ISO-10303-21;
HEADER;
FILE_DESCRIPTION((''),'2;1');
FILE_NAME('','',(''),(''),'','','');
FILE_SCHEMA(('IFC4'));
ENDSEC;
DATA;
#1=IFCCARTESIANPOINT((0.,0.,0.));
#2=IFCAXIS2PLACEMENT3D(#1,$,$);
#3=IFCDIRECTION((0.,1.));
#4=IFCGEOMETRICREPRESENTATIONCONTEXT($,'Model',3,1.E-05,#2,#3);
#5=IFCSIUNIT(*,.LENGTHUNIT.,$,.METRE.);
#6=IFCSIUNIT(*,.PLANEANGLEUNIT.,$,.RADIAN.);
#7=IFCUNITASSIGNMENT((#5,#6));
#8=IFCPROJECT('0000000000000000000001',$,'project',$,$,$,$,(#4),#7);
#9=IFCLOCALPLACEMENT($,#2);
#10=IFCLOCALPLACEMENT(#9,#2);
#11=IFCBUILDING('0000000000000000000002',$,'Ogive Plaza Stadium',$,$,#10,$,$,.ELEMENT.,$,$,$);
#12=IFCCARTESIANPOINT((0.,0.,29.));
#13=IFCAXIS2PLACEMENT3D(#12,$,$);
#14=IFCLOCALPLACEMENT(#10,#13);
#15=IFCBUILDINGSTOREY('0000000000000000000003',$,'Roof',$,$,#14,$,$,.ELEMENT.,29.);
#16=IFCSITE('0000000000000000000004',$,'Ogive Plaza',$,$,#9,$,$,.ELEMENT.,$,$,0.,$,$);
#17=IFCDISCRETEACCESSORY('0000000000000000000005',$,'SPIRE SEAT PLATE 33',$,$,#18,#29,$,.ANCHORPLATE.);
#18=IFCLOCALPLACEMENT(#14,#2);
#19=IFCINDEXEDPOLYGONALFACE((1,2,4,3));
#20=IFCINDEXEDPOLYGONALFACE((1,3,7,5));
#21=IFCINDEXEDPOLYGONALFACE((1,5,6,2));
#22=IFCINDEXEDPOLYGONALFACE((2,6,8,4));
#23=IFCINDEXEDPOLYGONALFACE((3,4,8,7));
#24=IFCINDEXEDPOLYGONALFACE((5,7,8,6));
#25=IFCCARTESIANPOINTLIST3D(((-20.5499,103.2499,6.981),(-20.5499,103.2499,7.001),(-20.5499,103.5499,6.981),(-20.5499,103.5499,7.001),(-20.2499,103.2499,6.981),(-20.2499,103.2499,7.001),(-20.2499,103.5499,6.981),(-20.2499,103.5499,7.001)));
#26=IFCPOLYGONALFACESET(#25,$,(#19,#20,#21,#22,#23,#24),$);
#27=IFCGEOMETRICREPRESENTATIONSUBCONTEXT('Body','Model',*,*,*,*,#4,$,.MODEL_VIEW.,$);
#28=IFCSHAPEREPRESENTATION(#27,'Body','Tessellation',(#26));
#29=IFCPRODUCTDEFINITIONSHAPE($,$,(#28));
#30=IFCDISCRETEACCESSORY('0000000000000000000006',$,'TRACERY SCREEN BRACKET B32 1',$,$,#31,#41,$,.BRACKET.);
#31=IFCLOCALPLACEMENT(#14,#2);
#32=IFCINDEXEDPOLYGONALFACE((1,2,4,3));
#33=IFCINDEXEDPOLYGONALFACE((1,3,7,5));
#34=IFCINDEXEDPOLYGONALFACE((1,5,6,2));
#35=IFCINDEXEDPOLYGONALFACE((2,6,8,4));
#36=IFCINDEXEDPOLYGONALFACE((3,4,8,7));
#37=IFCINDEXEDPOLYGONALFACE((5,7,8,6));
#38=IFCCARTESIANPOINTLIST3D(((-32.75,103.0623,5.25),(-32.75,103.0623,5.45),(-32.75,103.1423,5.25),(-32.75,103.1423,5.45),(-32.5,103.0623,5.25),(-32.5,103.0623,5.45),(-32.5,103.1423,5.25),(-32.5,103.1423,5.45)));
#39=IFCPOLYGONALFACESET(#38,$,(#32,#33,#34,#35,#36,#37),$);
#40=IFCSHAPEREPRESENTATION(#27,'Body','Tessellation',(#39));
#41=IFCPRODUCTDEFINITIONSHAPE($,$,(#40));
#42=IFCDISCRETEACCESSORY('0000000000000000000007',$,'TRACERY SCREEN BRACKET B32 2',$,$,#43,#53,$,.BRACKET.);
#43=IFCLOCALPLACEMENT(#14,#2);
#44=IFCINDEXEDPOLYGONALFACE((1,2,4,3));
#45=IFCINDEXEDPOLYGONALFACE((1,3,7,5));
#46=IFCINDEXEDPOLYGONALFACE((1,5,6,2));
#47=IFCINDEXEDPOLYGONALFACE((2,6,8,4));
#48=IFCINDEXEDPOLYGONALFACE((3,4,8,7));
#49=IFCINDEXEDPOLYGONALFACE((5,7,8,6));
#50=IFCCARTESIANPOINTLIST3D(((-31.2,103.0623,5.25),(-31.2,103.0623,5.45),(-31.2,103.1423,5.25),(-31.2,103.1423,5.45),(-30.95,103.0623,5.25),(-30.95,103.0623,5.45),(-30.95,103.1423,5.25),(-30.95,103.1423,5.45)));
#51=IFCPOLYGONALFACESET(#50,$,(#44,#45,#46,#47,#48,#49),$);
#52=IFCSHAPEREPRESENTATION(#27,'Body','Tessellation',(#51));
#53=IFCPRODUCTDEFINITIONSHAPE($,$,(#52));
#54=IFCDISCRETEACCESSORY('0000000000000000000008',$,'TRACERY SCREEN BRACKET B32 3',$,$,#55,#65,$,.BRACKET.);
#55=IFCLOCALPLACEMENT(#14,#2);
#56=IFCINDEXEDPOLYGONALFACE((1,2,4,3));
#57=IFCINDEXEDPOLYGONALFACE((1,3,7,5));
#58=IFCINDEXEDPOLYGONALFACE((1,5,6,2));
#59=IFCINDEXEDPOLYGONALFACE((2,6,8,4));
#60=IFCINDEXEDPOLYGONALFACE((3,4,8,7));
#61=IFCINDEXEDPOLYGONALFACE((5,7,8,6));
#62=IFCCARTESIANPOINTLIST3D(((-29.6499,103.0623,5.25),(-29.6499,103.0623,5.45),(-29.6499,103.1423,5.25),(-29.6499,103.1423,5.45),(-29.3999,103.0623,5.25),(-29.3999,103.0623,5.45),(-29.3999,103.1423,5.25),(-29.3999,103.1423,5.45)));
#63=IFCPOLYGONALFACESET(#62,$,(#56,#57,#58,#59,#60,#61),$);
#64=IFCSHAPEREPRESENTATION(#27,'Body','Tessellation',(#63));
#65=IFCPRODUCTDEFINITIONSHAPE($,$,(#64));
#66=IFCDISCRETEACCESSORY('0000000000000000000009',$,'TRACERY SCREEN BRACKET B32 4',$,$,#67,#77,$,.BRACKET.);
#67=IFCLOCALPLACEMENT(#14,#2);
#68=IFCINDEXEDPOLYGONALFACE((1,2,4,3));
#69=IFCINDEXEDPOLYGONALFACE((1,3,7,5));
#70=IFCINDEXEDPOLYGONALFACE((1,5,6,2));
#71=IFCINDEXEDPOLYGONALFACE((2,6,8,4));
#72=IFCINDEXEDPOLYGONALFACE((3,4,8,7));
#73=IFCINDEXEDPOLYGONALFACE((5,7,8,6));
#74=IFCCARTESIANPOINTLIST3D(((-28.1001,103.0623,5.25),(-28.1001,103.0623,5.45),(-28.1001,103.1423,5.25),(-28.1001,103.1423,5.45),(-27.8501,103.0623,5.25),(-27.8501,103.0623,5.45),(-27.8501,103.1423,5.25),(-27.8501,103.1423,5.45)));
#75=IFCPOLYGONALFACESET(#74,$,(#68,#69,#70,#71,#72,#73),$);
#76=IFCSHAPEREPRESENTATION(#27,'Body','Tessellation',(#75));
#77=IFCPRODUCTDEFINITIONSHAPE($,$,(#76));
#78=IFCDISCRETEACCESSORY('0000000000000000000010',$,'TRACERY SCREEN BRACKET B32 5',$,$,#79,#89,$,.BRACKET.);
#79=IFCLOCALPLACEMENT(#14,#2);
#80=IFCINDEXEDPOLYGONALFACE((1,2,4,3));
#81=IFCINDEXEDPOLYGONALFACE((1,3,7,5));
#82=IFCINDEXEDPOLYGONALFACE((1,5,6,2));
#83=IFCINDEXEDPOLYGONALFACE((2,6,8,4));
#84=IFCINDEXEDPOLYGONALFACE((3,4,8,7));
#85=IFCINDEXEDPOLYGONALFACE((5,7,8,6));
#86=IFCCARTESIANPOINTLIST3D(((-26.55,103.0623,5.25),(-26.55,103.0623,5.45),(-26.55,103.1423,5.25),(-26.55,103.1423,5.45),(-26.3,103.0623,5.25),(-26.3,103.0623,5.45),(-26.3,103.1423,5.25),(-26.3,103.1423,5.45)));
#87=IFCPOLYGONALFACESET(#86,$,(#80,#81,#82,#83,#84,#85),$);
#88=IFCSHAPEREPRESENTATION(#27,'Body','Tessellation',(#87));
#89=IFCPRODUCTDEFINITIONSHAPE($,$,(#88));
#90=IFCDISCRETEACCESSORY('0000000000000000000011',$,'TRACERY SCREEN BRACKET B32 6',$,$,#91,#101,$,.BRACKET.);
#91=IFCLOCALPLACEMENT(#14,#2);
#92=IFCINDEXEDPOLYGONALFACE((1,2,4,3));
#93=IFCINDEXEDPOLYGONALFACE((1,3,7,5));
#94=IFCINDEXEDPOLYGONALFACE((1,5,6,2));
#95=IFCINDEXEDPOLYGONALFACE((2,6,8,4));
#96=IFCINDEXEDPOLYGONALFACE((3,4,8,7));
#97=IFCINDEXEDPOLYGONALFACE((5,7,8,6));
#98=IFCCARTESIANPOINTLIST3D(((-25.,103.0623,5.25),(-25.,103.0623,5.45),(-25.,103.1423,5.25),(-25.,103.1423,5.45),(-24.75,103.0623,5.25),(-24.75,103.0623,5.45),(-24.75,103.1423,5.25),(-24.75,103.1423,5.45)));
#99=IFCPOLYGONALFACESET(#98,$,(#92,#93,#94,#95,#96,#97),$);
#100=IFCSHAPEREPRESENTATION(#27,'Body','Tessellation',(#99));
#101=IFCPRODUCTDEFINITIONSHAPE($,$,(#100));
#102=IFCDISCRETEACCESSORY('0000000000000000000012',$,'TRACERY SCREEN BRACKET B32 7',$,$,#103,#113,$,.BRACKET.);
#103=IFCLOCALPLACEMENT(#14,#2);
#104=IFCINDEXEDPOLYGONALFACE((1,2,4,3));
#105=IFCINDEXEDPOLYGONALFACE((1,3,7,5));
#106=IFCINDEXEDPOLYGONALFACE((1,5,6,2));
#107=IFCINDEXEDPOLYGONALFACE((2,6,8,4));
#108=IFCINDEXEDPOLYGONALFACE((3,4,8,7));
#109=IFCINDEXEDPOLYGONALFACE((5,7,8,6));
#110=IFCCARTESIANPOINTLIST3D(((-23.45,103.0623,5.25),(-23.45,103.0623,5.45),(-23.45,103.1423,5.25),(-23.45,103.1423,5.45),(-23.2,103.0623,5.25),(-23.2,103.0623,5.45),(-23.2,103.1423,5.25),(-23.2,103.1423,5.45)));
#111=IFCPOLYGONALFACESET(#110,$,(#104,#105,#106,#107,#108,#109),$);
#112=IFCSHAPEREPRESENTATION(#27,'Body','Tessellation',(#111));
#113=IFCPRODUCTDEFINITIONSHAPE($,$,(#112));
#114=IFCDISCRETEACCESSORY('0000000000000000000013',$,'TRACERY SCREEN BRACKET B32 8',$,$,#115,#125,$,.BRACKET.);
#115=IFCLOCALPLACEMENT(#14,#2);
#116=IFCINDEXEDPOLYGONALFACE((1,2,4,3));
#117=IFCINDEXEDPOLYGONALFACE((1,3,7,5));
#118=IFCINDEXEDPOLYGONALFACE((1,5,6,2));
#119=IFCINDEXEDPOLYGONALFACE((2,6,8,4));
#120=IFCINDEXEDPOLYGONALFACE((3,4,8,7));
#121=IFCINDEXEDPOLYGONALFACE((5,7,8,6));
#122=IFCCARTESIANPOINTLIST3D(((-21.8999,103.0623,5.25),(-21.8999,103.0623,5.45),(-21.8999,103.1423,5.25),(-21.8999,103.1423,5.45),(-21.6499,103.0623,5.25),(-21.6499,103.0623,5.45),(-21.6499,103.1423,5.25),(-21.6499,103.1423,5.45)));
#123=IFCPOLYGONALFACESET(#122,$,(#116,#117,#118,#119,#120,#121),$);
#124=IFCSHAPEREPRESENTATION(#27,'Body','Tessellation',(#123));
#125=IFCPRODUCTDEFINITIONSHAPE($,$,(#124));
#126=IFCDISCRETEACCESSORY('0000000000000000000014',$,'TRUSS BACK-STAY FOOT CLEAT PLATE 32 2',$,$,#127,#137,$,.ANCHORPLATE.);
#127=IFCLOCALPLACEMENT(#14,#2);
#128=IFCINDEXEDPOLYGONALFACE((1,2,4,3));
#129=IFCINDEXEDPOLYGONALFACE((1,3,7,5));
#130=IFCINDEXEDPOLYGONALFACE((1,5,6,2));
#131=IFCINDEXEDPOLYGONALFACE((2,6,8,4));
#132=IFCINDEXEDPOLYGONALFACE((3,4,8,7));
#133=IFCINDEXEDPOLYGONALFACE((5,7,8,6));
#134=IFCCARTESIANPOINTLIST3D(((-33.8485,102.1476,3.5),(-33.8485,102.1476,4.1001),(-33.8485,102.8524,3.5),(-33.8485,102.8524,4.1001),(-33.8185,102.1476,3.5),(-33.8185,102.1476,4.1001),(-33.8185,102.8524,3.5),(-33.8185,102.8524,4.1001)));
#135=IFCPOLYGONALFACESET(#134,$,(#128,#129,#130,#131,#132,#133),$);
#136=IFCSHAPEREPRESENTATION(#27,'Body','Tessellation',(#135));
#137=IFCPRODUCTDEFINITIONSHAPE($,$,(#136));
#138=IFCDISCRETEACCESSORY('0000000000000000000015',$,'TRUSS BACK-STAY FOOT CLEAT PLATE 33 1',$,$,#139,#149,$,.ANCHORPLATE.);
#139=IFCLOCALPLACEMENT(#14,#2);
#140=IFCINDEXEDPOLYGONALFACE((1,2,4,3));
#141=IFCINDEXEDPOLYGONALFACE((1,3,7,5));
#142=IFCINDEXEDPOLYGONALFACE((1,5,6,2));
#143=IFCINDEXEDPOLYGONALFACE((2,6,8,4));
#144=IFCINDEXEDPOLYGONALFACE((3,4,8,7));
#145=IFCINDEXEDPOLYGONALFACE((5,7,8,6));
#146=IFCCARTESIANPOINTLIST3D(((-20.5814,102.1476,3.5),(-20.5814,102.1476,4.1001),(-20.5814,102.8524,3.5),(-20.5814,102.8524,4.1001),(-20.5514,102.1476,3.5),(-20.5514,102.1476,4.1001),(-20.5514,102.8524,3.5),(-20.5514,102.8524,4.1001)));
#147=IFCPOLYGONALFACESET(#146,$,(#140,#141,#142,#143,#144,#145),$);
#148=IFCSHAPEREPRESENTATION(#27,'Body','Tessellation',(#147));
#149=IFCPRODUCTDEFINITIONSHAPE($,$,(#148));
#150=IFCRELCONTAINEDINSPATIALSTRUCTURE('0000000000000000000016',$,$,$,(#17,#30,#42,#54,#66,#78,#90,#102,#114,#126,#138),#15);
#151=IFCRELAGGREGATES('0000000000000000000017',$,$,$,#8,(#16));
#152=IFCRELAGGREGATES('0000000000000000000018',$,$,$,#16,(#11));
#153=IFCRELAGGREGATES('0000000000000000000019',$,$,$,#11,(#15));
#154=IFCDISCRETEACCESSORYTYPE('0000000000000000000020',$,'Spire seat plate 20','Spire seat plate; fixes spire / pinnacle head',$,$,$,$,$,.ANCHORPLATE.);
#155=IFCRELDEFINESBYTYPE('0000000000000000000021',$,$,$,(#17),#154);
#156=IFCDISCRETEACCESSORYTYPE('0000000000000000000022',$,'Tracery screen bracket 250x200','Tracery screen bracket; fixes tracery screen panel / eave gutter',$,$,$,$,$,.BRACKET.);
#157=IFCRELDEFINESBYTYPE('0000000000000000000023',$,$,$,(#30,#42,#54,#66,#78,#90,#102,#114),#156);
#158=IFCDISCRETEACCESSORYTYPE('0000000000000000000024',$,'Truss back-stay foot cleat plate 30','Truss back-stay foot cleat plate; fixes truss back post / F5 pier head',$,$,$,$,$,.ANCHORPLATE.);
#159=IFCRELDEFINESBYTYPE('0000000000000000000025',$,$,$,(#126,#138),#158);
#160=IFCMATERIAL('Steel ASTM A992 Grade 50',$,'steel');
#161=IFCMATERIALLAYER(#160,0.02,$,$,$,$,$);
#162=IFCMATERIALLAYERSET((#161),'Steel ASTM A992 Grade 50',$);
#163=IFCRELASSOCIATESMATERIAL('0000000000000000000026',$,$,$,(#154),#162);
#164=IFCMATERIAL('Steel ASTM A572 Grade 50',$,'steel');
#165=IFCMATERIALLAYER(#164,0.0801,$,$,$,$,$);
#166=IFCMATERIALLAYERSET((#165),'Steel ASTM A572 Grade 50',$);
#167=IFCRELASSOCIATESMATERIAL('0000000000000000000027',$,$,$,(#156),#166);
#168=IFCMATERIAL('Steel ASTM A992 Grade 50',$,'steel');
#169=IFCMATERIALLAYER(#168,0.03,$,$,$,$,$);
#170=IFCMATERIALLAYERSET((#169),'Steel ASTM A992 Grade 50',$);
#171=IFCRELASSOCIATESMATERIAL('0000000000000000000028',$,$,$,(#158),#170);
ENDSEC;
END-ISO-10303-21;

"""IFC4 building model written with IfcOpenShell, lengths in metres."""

from ifc_helpers import new_model, si_unit, direction, frame, origin, origin_2d, place, context, subcontext, project, spatial, rectangle, extrude, material, layer, layer_set, type_object, element, save


model = new_model("IFC4")

# Units and contexts
model_context = context("Model", 3, precision=1e-05, world=origin(), true_north=direction((0.0, 1.0)))
body_context = subcontext(model_context, "Body", "Model", "MODEL_VIEW")
ifc_project = project(units=[si_unit("LENGTHUNIT", "METRE"), si_unit("PLANEANGLEUNIT", "RADIAN")], contexts=[model_context])

# Site, building, storey
site_placement = place(None, origin())
site = spatial("IfcSite", under=ifc_project, at=site_placement, Name="Ogive Plaza", CompositionType="ELEMENT", RefElevation=0.0)
building_placement = place(site_placement, origin())
building = spatial("IfcBuilding", under=site, at=building_placement, Name="Ogive Plaza Stadium", CompositionType="ELEMENT")
storey_placement = place(building_placement, frame((0.0, 0.0, 29.0)))
storey = spatial("IfcBuildingStorey", under=building, at=storey_placement, Name="Roof", CompositionType="ELEMENT", Elevation=29.0)

# Discrete accessories
ifc_material_1 = material(Name="Steel ASTM A992 Grade 50", Category="steel")
ifc_layer_1 = layer(ifc_material_1, 0.02)
ifc_layer_set_1 = layer_set([ifc_layer_1], Name="Steel ASTM A992 Grade 50")
discrete_accessory_type_1 = type_object("IfcDiscreteAccessoryType", Name="Spire seat plate 20", Description="Spire seat plate; fixes spire / pinnacle head", PredefinedType="ANCHORPLATE", material=ifc_layer_set_1)
for number, where, z_axis, x_axis, name in (
    (1, (-20.3999, 103.3999, 6.981), (0.0, 0.0, 1.0), (0.0, 1.0, 0.0), "SPIRE SEAT PLATE 33"),
):
    element("IfcDiscreteAccessory", number, at=place(storey_placement, frame(where, z_axis=z_axis, x_axis=x_axis)), inside=storey, type_object=discrete_accessory_type_1, Name=name, PredefinedType="ANCHORPLATE", context=body_context, shape_type="SweptSolid", body=[
        extrude(rectangle(XDim=0.3, YDim=0.3, at=origin_2d()), origin(), (0.0, 0.0, 1.0), 0.02),
    ])
ifc_material_2 = material(Name="Steel ASTM A572 Grade 50", Category="steel")
ifc_layer_2 = layer(ifc_material_2, 0.0801)
ifc_layer_set_2 = layer_set([ifc_layer_2], Name="Steel ASTM A572 Grade 50")
discrete_accessory_type_2 = type_object("IfcDiscreteAccessoryType", Name="Tracery screen bracket 250x200", Description="Tracery screen bracket; fixes tracery screen panel / eave gutter", PredefinedType="BRACKET", material=ifc_layer_set_2)
for number, where, z_axis, x_axis, name in (
    (2, (-32.625, 103.1023, 5.25), (0.0, 0.0, 1.0), (1.0, 0.0, 0.0), "TRACERY SCREEN BRACKET B32 1"),
    (3, (-31.075, 103.1023, 5.25), (0.0, 0.0, 1.0), (1.0, 0.0, 0.0), "TRACERY SCREEN BRACKET B32 2"),
    (4, (-29.5249, 103.1023, 5.25), (0.0, 0.0, 1.0), (1.0, 0.0, 0.0), "TRACERY SCREEN BRACKET B32 3"),
    (5, (-27.9751, 103.1023, 5.25), (0.0, 0.0, 1.0), (1.0, 0.0, 0.0), "TRACERY SCREEN BRACKET B32 4"),
    (6, (-26.425, 103.1023, 5.25), (0.0, 0.0, 1.0), (1.0, 0.0, 0.0), "TRACERY SCREEN BRACKET B32 5"),
    (7, (-24.875, 103.1023, 5.25), (0.0, 0.0, 1.0), (1.0, 0.0, 0.0), "TRACERY SCREEN BRACKET B32 6"),
    (8, (-23.325, 103.1023, 5.25), (0.0, 0.0, 1.0), (1.0, 0.0, 0.0), "TRACERY SCREEN BRACKET B32 7"),
    (9, (-21.7749, 103.1023, 5.25), (0.0, 0.0, 1.0), (1.0, 0.0, 0.0), "TRACERY SCREEN BRACKET B32 8"),
):
    element("IfcDiscreteAccessory", number, at=place(storey_placement, frame(where, z_axis=z_axis, x_axis=x_axis)), inside=storey, type_object=discrete_accessory_type_2, Name=name, PredefinedType="BRACKET", context=body_context, shape_type="SweptSolid", body=[
        extrude(rectangle(XDim=0.25, YDim=0.0801, at=origin_2d()), origin(), (0.0, 0.0, 1.0), 0.2),
    ])
ifc_material_3 = material(Name="Steel ASTM A992 Grade 50", Category="steel")
ifc_layer_3 = layer(ifc_material_3, 0.03)
ifc_layer_set_3 = layer_set([ifc_layer_3], Name="Steel ASTM A992 Grade 50")
discrete_accessory_type_3 = type_object("IfcDiscreteAccessoryType", Name="Truss back-stay foot cleat plate 30", Description="Truss back-stay foot cleat plate; fixes truss back post / F5 pier head", PredefinedType="ANCHORPLATE", material=ifc_layer_set_3)
for number, where, z_axis, x_axis, name in (
    (10, (-33.8335, 102.5, 3.5), (0.0, 0.0, 1.0), (0.0, 1.0, 0.0), "TRUSS BACK-STAY FOOT CLEAT PLATE 32 2"),
    (11, (-20.5664, 102.5, 3.5), (0.0, 0.0, 1.0), (0.0, 1.0, 0.0), "TRUSS BACK-STAY FOOT CLEAT PLATE 33 1"),
):
    element("IfcDiscreteAccessory", number, at=place(storey_placement, frame(where, z_axis=z_axis, x_axis=x_axis)), inside=storey, type_object=discrete_accessory_type_3, Name=name, PredefinedType="ANCHORPLATE", context=body_context, shape_type="SweptSolid", body=[
        extrude(rectangle(XDim=0.7048, YDim=0.03, at=origin_2d()), origin(), (0.0, 0.0, 1.0), 0.6001),
    ])

save(model, "model.ifc")
